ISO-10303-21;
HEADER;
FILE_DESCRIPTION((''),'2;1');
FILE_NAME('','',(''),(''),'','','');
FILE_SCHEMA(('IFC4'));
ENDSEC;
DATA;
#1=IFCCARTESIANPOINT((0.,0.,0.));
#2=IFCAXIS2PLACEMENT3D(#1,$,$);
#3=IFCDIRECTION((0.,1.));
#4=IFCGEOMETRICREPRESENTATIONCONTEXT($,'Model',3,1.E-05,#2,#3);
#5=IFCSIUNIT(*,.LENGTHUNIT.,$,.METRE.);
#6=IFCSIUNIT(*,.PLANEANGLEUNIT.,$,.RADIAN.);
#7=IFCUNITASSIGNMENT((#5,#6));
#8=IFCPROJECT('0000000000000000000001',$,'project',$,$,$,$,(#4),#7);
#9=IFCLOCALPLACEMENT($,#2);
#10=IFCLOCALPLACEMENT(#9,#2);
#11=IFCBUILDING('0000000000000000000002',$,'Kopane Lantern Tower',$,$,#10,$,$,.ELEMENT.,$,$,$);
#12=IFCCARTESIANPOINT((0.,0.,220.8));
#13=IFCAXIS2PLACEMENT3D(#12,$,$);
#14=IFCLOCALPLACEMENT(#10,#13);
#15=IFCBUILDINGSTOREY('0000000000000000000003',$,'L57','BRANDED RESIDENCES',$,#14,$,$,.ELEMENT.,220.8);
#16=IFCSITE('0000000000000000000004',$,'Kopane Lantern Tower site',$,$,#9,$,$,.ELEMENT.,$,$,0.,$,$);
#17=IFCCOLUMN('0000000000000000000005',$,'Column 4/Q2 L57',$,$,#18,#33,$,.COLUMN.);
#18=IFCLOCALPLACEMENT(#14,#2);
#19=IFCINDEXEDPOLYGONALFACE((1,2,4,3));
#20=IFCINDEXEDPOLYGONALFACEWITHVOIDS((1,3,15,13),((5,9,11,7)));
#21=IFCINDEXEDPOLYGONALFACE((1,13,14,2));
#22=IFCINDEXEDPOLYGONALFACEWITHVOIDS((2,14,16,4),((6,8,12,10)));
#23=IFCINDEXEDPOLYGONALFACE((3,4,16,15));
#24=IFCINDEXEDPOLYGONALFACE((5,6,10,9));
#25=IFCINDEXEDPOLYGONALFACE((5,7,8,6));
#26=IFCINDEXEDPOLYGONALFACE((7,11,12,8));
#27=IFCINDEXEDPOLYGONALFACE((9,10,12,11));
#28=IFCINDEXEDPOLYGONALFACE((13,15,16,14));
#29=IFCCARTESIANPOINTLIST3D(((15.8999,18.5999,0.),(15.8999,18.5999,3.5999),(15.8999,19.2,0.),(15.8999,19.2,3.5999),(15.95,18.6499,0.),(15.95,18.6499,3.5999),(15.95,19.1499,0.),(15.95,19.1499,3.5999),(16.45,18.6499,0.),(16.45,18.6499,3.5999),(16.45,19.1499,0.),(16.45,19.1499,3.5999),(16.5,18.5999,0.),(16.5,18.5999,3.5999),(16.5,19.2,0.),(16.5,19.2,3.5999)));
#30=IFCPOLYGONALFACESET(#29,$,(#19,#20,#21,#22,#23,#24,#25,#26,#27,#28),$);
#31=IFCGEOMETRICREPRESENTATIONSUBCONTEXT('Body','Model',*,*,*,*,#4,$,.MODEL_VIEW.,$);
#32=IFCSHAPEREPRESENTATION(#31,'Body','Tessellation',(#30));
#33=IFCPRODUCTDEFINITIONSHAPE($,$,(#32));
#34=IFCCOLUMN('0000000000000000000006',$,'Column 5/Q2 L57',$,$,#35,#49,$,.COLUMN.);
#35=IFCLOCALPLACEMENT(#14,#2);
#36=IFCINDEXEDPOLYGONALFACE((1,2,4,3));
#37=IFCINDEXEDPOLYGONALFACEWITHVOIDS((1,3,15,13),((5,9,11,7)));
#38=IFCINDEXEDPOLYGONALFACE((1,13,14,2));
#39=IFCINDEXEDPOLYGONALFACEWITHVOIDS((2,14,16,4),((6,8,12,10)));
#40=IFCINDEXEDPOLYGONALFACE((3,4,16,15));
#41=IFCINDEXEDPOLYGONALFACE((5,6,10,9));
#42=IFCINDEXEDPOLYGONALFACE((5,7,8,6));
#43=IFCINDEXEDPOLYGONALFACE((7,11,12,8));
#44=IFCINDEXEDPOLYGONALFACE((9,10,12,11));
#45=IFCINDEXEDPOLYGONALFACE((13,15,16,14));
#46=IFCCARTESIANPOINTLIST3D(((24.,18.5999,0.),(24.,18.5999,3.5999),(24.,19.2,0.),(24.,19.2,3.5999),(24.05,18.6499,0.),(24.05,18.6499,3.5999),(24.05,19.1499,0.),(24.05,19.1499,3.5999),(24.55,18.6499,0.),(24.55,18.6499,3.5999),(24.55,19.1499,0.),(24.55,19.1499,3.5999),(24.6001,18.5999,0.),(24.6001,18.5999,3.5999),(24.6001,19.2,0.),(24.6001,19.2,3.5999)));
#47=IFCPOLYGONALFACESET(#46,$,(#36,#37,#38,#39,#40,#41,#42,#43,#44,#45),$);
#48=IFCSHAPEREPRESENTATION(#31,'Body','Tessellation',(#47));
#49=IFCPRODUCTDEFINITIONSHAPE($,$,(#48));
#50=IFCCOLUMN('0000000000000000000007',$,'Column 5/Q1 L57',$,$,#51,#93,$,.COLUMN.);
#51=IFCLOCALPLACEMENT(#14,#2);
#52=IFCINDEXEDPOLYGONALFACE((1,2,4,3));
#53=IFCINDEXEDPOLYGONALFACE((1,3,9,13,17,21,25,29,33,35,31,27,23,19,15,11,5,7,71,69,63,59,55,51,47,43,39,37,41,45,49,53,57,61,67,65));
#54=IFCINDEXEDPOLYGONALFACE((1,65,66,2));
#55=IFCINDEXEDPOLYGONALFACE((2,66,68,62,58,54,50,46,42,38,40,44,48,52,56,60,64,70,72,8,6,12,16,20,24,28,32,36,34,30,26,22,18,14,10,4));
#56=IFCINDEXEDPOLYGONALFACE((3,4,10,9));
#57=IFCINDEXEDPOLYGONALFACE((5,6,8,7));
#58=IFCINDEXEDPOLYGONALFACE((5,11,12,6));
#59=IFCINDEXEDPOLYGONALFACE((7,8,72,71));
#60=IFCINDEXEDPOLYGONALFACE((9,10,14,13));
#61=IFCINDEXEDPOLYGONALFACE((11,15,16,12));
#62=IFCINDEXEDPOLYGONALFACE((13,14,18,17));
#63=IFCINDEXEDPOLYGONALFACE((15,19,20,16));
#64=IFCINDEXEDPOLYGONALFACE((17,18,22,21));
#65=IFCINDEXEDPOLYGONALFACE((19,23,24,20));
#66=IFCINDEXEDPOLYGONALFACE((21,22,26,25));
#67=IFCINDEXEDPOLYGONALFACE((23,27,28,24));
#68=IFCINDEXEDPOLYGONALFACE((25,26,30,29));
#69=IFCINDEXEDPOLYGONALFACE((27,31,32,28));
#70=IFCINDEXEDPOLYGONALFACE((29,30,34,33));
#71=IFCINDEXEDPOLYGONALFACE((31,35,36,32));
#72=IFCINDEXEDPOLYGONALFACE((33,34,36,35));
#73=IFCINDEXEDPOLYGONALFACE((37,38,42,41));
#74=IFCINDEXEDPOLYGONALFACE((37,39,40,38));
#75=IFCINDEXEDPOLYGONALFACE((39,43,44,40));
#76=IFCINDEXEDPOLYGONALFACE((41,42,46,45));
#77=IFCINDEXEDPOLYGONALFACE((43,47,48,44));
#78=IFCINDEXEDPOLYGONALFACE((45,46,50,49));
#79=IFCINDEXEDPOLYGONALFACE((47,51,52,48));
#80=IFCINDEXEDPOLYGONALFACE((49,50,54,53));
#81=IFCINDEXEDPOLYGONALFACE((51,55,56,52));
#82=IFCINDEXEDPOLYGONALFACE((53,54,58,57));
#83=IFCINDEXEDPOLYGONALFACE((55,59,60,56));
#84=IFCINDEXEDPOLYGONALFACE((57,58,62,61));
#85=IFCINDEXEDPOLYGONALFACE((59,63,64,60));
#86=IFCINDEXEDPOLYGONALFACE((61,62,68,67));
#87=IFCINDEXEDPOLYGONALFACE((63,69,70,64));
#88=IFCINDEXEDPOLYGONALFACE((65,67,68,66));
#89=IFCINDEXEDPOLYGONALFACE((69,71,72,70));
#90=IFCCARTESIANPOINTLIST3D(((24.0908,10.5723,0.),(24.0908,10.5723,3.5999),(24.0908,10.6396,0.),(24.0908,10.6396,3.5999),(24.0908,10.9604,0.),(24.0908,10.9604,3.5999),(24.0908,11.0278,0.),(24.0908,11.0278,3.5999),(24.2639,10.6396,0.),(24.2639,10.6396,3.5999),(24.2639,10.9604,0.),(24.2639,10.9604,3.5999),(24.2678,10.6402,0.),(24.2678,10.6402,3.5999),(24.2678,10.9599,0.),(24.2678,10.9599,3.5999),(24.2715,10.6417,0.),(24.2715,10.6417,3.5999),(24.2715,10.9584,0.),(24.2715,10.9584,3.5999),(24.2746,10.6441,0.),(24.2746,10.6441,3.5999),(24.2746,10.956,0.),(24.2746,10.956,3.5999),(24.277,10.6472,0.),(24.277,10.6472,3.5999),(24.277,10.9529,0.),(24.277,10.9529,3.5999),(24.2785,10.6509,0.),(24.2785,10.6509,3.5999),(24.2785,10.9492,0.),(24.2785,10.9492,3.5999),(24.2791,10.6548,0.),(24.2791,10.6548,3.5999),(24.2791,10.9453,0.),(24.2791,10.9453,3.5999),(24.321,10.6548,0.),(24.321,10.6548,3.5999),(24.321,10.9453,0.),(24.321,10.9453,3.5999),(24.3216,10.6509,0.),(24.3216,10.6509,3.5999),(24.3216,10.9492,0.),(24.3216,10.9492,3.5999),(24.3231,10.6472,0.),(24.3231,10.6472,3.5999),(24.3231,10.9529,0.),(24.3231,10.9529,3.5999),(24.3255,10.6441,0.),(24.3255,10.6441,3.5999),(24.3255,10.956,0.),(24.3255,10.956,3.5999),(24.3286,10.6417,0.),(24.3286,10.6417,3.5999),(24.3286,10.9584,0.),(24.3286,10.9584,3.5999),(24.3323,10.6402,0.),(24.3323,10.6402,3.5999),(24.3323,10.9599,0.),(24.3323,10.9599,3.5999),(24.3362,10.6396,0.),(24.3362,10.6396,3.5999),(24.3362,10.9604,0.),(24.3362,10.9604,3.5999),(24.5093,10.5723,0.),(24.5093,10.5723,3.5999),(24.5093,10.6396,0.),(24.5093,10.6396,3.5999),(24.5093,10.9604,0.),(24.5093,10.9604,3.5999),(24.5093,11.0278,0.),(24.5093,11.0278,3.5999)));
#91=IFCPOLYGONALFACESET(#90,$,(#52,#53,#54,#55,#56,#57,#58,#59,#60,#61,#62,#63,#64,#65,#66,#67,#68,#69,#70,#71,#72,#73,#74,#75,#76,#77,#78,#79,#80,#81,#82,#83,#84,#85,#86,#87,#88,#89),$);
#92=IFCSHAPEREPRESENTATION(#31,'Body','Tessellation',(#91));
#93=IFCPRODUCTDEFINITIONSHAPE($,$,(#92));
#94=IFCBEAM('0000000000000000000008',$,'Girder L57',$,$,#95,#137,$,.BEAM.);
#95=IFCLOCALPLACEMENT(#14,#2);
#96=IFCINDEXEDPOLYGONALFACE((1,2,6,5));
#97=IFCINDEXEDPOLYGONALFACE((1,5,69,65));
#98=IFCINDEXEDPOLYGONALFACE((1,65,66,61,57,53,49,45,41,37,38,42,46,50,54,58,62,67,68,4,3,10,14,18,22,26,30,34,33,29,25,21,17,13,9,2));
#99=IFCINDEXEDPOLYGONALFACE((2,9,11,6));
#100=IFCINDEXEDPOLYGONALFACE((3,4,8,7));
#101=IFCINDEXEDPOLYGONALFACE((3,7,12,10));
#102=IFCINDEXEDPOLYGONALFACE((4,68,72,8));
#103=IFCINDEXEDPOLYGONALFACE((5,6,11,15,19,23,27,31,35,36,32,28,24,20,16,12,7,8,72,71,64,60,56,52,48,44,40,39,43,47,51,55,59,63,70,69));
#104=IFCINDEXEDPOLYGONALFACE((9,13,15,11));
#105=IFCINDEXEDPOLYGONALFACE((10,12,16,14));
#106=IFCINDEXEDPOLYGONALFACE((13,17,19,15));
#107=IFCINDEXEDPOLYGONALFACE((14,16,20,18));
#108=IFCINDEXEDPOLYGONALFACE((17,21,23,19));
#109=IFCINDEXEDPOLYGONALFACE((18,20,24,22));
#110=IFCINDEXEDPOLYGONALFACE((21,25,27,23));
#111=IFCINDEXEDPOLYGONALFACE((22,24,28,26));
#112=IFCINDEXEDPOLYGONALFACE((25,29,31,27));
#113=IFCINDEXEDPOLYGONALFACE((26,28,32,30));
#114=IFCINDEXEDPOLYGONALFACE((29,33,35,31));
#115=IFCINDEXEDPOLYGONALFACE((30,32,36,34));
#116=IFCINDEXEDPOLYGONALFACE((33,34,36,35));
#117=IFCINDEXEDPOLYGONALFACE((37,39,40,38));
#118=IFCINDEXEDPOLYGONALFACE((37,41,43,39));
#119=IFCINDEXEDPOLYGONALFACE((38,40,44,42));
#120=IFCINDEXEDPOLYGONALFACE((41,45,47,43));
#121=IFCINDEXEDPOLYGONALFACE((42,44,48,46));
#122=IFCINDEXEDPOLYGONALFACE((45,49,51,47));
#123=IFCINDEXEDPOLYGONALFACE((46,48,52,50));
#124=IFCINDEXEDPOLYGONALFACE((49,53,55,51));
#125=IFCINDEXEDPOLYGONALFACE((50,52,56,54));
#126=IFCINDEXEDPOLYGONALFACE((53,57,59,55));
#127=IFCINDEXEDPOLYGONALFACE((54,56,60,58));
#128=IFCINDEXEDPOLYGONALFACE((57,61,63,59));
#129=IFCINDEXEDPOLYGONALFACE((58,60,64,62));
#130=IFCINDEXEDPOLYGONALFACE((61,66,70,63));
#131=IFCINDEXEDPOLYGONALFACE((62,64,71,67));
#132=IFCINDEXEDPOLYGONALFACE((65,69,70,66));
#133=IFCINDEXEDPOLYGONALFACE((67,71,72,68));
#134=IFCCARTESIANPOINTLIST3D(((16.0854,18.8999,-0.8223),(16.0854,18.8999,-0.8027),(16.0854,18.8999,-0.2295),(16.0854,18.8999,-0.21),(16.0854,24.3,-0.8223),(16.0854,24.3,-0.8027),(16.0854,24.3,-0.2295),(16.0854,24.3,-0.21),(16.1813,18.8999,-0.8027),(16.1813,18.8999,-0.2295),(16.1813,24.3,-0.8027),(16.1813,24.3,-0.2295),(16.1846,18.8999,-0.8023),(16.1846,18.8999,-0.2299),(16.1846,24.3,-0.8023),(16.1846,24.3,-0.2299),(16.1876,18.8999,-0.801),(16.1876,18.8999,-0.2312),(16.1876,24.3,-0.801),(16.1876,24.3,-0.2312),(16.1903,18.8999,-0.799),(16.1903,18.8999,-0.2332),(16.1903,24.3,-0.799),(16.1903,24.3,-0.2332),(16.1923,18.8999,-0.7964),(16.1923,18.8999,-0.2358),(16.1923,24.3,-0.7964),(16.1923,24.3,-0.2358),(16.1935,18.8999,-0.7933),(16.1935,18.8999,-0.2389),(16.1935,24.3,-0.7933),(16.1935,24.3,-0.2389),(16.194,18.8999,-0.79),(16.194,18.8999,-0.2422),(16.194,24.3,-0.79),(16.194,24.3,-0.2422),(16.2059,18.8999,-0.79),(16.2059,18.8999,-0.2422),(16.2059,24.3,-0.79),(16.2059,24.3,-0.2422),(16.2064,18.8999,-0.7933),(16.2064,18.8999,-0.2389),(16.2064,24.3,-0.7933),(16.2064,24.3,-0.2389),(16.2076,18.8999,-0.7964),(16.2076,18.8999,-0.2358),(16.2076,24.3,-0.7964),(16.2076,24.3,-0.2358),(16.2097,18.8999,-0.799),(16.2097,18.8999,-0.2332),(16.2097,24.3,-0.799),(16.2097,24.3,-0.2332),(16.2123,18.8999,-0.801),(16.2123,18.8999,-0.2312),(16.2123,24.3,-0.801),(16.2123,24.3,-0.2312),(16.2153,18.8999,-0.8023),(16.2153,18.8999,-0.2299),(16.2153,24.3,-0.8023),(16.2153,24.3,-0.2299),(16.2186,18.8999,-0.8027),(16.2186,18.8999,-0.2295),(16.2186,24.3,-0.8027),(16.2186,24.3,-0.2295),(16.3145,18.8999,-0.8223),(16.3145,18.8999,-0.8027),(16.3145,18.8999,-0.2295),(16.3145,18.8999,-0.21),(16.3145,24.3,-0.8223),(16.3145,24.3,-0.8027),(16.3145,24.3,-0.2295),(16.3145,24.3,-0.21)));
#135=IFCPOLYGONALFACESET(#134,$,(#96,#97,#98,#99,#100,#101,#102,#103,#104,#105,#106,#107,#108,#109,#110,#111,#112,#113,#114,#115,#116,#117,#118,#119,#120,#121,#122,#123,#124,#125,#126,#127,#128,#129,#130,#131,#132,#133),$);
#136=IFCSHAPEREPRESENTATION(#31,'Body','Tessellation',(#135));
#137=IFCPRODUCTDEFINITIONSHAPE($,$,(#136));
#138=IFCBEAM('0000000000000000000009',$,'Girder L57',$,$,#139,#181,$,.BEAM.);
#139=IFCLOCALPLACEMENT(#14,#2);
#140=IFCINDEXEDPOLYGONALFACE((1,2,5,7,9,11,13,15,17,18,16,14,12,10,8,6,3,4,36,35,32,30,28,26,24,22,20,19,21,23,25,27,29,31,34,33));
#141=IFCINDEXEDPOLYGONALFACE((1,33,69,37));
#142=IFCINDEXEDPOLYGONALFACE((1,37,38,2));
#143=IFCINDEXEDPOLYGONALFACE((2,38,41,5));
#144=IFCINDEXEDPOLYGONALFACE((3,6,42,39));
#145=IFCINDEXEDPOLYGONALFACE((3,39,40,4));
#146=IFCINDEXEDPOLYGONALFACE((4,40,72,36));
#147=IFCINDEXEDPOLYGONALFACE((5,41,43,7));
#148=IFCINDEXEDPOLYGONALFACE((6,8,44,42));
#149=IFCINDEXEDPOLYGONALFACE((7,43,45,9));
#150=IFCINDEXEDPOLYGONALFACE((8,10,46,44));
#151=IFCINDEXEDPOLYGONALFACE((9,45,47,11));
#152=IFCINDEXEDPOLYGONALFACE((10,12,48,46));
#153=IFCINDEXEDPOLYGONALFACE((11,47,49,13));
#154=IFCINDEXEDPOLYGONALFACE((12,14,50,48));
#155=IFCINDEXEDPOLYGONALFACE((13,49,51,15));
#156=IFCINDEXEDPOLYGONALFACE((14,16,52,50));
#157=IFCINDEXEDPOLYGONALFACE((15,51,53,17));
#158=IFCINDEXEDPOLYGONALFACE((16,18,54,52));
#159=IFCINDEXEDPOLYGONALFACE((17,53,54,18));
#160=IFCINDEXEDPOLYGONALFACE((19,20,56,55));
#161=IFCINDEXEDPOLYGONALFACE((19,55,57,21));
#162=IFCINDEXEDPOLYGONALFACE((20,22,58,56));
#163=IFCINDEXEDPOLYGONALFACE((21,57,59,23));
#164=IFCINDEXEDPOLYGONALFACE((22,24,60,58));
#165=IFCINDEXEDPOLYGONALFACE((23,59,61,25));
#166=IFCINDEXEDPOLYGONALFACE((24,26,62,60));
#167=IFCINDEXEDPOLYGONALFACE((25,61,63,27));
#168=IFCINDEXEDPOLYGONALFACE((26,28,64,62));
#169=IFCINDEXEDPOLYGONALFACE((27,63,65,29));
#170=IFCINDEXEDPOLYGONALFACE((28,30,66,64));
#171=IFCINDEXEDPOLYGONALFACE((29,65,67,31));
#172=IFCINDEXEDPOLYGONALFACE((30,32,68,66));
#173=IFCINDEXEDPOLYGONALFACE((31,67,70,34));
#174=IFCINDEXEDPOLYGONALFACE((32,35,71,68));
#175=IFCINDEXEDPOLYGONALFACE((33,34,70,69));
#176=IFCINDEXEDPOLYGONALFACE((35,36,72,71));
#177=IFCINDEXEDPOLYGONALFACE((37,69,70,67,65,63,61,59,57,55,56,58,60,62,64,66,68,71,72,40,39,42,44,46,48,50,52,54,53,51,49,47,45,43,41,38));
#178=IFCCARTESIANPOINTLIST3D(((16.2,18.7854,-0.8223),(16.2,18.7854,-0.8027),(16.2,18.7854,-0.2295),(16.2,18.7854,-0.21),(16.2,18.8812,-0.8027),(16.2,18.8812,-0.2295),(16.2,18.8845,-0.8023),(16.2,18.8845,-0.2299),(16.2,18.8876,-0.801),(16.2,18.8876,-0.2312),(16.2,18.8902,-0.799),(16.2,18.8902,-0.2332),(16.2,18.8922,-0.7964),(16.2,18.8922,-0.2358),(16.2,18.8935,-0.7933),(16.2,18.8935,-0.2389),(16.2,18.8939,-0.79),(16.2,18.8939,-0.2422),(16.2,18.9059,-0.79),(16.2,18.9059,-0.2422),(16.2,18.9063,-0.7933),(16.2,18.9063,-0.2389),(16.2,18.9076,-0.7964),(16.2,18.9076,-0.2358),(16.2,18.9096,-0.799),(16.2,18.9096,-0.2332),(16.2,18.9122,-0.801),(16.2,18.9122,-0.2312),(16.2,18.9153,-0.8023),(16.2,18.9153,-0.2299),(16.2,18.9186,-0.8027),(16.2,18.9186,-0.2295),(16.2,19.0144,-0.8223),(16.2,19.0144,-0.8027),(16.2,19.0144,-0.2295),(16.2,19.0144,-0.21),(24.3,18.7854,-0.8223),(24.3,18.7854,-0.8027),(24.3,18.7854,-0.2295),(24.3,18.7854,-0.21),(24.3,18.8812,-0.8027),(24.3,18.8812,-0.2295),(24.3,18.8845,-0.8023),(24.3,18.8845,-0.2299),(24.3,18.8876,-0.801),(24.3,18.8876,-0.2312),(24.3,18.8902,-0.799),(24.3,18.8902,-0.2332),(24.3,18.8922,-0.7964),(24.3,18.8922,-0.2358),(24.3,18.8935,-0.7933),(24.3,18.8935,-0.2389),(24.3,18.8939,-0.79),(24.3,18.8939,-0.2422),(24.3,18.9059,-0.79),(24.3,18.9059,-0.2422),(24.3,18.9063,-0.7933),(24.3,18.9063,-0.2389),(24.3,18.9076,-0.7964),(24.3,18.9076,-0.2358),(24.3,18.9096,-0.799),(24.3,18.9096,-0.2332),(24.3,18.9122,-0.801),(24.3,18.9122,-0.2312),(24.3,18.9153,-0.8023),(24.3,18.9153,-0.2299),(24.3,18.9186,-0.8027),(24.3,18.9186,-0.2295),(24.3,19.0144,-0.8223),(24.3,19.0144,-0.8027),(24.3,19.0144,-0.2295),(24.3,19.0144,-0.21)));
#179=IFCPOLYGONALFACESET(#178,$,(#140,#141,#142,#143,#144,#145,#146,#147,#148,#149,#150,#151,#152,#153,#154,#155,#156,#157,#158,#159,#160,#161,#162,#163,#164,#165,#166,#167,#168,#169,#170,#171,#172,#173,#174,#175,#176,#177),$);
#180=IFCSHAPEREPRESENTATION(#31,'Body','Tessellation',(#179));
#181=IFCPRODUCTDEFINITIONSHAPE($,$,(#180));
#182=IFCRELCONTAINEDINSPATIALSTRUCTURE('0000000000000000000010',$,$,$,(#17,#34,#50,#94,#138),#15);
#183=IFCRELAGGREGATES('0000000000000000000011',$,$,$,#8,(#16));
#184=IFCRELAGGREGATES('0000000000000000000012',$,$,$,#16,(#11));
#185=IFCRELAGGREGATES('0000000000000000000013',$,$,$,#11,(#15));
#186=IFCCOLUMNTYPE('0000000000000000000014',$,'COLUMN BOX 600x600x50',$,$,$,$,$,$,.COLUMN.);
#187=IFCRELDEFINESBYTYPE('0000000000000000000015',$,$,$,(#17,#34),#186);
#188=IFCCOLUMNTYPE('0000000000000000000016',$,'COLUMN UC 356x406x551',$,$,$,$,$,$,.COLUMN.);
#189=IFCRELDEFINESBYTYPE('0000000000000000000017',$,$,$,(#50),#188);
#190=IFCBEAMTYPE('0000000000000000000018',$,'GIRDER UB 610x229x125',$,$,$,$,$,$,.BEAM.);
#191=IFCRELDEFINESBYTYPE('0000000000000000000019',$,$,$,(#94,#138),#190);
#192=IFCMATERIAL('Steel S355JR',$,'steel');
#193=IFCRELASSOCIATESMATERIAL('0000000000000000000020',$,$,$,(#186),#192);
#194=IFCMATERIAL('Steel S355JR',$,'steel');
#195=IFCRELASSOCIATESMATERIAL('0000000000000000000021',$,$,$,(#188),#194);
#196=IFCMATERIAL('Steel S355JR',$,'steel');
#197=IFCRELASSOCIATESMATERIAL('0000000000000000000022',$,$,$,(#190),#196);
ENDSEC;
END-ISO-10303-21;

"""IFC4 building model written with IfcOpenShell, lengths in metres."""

from ifc_helpers import new_model, si_unit, direction, frame, origin, origin_2d, place, context, subcontext, project, spatial, hollow_rectangle, i_section, extrude, material, material_profile, profile_set, type_object, element, save


model = new_model("IFC4")

# Units and contexts
model_context = context("Model", 3, precision=1e-05, world=origin(), true_north=direction((0.0, 1.0)))
body_context = subcontext(model_context, "Body", "Model", "MODEL_VIEW")
ifc_project = project(units=[si_unit("LENGTHUNIT", "METRE"), si_unit("PLANEANGLEUNIT", "RADIAN")], contexts=[model_context])

# Site, building, storey
site_placement = place(None, origin())
site = spatial("IfcSite", under=ifc_project, at=site_placement, Name="Kopane Lantern Tower site", CompositionType="ELEMENT", RefElevation=0.0)
building_placement = place(site_placement, origin())
building = spatial("IfcBuilding", under=site, at=building_placement, Name="Kopane Lantern Tower", CompositionType="ELEMENT")
storey_placement = place(building_placement, frame((0.0, 0.0, 220.8)))
storey = spatial("IfcBuildingStorey", under=building, at=storey_placement, Name="L57", Description="BRANDED RESIDENCES", CompositionType="ELEMENT", Elevation=220.8)

# Columns
ifc_material_1 = material(Name="Steel S355JR", Category="steel")
ifc_material_profile_1 = material_profile(ifc_material_1, hollow_rectangle(XDim=0.6001, YDim=0.6001, WallThickness=0.05, at=origin_2d()), Name="BOX 600x600x50")
ifc_profile_set_1 = profile_set([ifc_material_profile_1], Name="Steel S355JR")
column_type_1 = type_object("IfcColumnType", Name="COLUMN BOX 600x600x50", PredefinedType="COLUMN", material=ifc_profile_set_1)
for number, where, z_axis, x_axis, name in (
    (1, (16.2, 18.8999, 0.0), (0.0, 0.0, 1.0), (1.0, 0.0, 0.0), "Column 4/Q2 L57"),
    (2, (24.3, 18.8999, 0.0), (0.0, 0.0, 1.0), (1.0, 0.0, 0.0), "Column 5/Q2 L57"),
):
    element("IfcColumn", number, at=place(storey_placement, frame(where, z_axis=z_axis, x_axis=x_axis)), inside=storey, type_object=column_type_1, Name=name, PredefinedType="COLUMN", context=body_context, shape_type="SweptSolid", body=[
        extrude(hollow_rectangle(XDim=0.6001, YDim=0.6001, WallThickness=0.05, at=origin_2d()), origin(), (0.0, 0.0, 1.0), 3.5999),
    ])
ifc_material_2 = material(Name="Steel S355JR", Category="steel")
ifc_material_profile_2 = material_profile(ifc_material_2, i_section(OverallWidth=0.4185, OverallDepth=0.4556, WebThickness=0.042, FlangeThickness=0.0674, FilletRadius=0.0151, at=origin_2d()), Name="UC 356x406x551")
ifc_profile_set_2 = profile_set([ifc_material_profile_2], Name="Steel S355JR")
column_type_2 = type_object("IfcColumnType", Name="COLUMN UC 356x406x551", PredefinedType="COLUMN", material=ifc_profile_set_2)
column_placement = place(storey_placement, frame((24.3, 10.8, 0.0), z_axis=(0.0, 0.0, 1.0), x_axis=(1.0, 0.0, 0.0)))
element("IfcColumn", 3, at=column_placement, inside=storey, type_object=column_type_2, Name="Column 5/Q1 L57", PredefinedType="COLUMN", context=body_context, shape_type="SweptSolid", body=[
    extrude(i_section(OverallWidth=0.4185, OverallDepth=0.4556, WebThickness=0.042, FlangeThickness=0.0674, FilletRadius=0.0151, at=origin_2d()), origin(), (0.0, 0.0, 1.0), 3.5999),
])

# Beams
ifc_material_3 = material(Name="Steel S355JR", Category="steel")
ifc_material_profile_3 = material_profile(ifc_material_3, i_section(OverallWidth=0.229, OverallDepth=0.6123, WebThickness=0.012, FlangeThickness=0.0195, FilletRadius=0.0127, at=origin_2d()), Name="UB 610x229x125")
ifc_profile_set_3 = profile_set([ifc_material_profile_3], Name="Steel S355JR")
beam_type = type_object("IfcBeamType", Name="GIRDER UB 610x229x125", PredefinedType="BEAM", material=ifc_profile_set_3)
beam_1_placement = place(storey_placement, frame((16.2, 18.8999, -0.5161), z_axis=(0.0, 1.0, 0.0), x_axis=(-1.0, 0.0, 0.0)))
element("IfcBeam", 4, at=beam_1_placement, inside=storey, type_object=beam_type, Name="Girder L57", PredefinedType="BEAM", context=body_context, shape_type="SweptSolid", body=[
    extrude(i_section(OverallWidth=0.229, OverallDepth=0.6123, WebThickness=0.012, FlangeThickness=0.0195, FilletRadius=0.0127, at=origin_2d()), origin(), (0.0, 0.0, 1.0), 5.4001),
])
beam_2_placement = place(storey_placement, frame((16.2, 18.8999, -0.5161), z_axis=(1.0, 0.0, 0.0), x_axis=(0.0, 1.0, 0.0)))
element("IfcBeam", 5, at=beam_2_placement, inside=storey, type_object=beam_type, Name="Girder L57", PredefinedType="BEAM", context=body_context, shape_type="SweptSolid", body=[
    extrude(i_section(OverallWidth=0.229, OverallDepth=0.6123, WebThickness=0.012, FlangeThickness=0.0195, FilletRadius=0.0127, at=origin_2d()), origin(), (0.0, 0.0, 1.0), 8.1001),
])

save(model, "model.ifc")
